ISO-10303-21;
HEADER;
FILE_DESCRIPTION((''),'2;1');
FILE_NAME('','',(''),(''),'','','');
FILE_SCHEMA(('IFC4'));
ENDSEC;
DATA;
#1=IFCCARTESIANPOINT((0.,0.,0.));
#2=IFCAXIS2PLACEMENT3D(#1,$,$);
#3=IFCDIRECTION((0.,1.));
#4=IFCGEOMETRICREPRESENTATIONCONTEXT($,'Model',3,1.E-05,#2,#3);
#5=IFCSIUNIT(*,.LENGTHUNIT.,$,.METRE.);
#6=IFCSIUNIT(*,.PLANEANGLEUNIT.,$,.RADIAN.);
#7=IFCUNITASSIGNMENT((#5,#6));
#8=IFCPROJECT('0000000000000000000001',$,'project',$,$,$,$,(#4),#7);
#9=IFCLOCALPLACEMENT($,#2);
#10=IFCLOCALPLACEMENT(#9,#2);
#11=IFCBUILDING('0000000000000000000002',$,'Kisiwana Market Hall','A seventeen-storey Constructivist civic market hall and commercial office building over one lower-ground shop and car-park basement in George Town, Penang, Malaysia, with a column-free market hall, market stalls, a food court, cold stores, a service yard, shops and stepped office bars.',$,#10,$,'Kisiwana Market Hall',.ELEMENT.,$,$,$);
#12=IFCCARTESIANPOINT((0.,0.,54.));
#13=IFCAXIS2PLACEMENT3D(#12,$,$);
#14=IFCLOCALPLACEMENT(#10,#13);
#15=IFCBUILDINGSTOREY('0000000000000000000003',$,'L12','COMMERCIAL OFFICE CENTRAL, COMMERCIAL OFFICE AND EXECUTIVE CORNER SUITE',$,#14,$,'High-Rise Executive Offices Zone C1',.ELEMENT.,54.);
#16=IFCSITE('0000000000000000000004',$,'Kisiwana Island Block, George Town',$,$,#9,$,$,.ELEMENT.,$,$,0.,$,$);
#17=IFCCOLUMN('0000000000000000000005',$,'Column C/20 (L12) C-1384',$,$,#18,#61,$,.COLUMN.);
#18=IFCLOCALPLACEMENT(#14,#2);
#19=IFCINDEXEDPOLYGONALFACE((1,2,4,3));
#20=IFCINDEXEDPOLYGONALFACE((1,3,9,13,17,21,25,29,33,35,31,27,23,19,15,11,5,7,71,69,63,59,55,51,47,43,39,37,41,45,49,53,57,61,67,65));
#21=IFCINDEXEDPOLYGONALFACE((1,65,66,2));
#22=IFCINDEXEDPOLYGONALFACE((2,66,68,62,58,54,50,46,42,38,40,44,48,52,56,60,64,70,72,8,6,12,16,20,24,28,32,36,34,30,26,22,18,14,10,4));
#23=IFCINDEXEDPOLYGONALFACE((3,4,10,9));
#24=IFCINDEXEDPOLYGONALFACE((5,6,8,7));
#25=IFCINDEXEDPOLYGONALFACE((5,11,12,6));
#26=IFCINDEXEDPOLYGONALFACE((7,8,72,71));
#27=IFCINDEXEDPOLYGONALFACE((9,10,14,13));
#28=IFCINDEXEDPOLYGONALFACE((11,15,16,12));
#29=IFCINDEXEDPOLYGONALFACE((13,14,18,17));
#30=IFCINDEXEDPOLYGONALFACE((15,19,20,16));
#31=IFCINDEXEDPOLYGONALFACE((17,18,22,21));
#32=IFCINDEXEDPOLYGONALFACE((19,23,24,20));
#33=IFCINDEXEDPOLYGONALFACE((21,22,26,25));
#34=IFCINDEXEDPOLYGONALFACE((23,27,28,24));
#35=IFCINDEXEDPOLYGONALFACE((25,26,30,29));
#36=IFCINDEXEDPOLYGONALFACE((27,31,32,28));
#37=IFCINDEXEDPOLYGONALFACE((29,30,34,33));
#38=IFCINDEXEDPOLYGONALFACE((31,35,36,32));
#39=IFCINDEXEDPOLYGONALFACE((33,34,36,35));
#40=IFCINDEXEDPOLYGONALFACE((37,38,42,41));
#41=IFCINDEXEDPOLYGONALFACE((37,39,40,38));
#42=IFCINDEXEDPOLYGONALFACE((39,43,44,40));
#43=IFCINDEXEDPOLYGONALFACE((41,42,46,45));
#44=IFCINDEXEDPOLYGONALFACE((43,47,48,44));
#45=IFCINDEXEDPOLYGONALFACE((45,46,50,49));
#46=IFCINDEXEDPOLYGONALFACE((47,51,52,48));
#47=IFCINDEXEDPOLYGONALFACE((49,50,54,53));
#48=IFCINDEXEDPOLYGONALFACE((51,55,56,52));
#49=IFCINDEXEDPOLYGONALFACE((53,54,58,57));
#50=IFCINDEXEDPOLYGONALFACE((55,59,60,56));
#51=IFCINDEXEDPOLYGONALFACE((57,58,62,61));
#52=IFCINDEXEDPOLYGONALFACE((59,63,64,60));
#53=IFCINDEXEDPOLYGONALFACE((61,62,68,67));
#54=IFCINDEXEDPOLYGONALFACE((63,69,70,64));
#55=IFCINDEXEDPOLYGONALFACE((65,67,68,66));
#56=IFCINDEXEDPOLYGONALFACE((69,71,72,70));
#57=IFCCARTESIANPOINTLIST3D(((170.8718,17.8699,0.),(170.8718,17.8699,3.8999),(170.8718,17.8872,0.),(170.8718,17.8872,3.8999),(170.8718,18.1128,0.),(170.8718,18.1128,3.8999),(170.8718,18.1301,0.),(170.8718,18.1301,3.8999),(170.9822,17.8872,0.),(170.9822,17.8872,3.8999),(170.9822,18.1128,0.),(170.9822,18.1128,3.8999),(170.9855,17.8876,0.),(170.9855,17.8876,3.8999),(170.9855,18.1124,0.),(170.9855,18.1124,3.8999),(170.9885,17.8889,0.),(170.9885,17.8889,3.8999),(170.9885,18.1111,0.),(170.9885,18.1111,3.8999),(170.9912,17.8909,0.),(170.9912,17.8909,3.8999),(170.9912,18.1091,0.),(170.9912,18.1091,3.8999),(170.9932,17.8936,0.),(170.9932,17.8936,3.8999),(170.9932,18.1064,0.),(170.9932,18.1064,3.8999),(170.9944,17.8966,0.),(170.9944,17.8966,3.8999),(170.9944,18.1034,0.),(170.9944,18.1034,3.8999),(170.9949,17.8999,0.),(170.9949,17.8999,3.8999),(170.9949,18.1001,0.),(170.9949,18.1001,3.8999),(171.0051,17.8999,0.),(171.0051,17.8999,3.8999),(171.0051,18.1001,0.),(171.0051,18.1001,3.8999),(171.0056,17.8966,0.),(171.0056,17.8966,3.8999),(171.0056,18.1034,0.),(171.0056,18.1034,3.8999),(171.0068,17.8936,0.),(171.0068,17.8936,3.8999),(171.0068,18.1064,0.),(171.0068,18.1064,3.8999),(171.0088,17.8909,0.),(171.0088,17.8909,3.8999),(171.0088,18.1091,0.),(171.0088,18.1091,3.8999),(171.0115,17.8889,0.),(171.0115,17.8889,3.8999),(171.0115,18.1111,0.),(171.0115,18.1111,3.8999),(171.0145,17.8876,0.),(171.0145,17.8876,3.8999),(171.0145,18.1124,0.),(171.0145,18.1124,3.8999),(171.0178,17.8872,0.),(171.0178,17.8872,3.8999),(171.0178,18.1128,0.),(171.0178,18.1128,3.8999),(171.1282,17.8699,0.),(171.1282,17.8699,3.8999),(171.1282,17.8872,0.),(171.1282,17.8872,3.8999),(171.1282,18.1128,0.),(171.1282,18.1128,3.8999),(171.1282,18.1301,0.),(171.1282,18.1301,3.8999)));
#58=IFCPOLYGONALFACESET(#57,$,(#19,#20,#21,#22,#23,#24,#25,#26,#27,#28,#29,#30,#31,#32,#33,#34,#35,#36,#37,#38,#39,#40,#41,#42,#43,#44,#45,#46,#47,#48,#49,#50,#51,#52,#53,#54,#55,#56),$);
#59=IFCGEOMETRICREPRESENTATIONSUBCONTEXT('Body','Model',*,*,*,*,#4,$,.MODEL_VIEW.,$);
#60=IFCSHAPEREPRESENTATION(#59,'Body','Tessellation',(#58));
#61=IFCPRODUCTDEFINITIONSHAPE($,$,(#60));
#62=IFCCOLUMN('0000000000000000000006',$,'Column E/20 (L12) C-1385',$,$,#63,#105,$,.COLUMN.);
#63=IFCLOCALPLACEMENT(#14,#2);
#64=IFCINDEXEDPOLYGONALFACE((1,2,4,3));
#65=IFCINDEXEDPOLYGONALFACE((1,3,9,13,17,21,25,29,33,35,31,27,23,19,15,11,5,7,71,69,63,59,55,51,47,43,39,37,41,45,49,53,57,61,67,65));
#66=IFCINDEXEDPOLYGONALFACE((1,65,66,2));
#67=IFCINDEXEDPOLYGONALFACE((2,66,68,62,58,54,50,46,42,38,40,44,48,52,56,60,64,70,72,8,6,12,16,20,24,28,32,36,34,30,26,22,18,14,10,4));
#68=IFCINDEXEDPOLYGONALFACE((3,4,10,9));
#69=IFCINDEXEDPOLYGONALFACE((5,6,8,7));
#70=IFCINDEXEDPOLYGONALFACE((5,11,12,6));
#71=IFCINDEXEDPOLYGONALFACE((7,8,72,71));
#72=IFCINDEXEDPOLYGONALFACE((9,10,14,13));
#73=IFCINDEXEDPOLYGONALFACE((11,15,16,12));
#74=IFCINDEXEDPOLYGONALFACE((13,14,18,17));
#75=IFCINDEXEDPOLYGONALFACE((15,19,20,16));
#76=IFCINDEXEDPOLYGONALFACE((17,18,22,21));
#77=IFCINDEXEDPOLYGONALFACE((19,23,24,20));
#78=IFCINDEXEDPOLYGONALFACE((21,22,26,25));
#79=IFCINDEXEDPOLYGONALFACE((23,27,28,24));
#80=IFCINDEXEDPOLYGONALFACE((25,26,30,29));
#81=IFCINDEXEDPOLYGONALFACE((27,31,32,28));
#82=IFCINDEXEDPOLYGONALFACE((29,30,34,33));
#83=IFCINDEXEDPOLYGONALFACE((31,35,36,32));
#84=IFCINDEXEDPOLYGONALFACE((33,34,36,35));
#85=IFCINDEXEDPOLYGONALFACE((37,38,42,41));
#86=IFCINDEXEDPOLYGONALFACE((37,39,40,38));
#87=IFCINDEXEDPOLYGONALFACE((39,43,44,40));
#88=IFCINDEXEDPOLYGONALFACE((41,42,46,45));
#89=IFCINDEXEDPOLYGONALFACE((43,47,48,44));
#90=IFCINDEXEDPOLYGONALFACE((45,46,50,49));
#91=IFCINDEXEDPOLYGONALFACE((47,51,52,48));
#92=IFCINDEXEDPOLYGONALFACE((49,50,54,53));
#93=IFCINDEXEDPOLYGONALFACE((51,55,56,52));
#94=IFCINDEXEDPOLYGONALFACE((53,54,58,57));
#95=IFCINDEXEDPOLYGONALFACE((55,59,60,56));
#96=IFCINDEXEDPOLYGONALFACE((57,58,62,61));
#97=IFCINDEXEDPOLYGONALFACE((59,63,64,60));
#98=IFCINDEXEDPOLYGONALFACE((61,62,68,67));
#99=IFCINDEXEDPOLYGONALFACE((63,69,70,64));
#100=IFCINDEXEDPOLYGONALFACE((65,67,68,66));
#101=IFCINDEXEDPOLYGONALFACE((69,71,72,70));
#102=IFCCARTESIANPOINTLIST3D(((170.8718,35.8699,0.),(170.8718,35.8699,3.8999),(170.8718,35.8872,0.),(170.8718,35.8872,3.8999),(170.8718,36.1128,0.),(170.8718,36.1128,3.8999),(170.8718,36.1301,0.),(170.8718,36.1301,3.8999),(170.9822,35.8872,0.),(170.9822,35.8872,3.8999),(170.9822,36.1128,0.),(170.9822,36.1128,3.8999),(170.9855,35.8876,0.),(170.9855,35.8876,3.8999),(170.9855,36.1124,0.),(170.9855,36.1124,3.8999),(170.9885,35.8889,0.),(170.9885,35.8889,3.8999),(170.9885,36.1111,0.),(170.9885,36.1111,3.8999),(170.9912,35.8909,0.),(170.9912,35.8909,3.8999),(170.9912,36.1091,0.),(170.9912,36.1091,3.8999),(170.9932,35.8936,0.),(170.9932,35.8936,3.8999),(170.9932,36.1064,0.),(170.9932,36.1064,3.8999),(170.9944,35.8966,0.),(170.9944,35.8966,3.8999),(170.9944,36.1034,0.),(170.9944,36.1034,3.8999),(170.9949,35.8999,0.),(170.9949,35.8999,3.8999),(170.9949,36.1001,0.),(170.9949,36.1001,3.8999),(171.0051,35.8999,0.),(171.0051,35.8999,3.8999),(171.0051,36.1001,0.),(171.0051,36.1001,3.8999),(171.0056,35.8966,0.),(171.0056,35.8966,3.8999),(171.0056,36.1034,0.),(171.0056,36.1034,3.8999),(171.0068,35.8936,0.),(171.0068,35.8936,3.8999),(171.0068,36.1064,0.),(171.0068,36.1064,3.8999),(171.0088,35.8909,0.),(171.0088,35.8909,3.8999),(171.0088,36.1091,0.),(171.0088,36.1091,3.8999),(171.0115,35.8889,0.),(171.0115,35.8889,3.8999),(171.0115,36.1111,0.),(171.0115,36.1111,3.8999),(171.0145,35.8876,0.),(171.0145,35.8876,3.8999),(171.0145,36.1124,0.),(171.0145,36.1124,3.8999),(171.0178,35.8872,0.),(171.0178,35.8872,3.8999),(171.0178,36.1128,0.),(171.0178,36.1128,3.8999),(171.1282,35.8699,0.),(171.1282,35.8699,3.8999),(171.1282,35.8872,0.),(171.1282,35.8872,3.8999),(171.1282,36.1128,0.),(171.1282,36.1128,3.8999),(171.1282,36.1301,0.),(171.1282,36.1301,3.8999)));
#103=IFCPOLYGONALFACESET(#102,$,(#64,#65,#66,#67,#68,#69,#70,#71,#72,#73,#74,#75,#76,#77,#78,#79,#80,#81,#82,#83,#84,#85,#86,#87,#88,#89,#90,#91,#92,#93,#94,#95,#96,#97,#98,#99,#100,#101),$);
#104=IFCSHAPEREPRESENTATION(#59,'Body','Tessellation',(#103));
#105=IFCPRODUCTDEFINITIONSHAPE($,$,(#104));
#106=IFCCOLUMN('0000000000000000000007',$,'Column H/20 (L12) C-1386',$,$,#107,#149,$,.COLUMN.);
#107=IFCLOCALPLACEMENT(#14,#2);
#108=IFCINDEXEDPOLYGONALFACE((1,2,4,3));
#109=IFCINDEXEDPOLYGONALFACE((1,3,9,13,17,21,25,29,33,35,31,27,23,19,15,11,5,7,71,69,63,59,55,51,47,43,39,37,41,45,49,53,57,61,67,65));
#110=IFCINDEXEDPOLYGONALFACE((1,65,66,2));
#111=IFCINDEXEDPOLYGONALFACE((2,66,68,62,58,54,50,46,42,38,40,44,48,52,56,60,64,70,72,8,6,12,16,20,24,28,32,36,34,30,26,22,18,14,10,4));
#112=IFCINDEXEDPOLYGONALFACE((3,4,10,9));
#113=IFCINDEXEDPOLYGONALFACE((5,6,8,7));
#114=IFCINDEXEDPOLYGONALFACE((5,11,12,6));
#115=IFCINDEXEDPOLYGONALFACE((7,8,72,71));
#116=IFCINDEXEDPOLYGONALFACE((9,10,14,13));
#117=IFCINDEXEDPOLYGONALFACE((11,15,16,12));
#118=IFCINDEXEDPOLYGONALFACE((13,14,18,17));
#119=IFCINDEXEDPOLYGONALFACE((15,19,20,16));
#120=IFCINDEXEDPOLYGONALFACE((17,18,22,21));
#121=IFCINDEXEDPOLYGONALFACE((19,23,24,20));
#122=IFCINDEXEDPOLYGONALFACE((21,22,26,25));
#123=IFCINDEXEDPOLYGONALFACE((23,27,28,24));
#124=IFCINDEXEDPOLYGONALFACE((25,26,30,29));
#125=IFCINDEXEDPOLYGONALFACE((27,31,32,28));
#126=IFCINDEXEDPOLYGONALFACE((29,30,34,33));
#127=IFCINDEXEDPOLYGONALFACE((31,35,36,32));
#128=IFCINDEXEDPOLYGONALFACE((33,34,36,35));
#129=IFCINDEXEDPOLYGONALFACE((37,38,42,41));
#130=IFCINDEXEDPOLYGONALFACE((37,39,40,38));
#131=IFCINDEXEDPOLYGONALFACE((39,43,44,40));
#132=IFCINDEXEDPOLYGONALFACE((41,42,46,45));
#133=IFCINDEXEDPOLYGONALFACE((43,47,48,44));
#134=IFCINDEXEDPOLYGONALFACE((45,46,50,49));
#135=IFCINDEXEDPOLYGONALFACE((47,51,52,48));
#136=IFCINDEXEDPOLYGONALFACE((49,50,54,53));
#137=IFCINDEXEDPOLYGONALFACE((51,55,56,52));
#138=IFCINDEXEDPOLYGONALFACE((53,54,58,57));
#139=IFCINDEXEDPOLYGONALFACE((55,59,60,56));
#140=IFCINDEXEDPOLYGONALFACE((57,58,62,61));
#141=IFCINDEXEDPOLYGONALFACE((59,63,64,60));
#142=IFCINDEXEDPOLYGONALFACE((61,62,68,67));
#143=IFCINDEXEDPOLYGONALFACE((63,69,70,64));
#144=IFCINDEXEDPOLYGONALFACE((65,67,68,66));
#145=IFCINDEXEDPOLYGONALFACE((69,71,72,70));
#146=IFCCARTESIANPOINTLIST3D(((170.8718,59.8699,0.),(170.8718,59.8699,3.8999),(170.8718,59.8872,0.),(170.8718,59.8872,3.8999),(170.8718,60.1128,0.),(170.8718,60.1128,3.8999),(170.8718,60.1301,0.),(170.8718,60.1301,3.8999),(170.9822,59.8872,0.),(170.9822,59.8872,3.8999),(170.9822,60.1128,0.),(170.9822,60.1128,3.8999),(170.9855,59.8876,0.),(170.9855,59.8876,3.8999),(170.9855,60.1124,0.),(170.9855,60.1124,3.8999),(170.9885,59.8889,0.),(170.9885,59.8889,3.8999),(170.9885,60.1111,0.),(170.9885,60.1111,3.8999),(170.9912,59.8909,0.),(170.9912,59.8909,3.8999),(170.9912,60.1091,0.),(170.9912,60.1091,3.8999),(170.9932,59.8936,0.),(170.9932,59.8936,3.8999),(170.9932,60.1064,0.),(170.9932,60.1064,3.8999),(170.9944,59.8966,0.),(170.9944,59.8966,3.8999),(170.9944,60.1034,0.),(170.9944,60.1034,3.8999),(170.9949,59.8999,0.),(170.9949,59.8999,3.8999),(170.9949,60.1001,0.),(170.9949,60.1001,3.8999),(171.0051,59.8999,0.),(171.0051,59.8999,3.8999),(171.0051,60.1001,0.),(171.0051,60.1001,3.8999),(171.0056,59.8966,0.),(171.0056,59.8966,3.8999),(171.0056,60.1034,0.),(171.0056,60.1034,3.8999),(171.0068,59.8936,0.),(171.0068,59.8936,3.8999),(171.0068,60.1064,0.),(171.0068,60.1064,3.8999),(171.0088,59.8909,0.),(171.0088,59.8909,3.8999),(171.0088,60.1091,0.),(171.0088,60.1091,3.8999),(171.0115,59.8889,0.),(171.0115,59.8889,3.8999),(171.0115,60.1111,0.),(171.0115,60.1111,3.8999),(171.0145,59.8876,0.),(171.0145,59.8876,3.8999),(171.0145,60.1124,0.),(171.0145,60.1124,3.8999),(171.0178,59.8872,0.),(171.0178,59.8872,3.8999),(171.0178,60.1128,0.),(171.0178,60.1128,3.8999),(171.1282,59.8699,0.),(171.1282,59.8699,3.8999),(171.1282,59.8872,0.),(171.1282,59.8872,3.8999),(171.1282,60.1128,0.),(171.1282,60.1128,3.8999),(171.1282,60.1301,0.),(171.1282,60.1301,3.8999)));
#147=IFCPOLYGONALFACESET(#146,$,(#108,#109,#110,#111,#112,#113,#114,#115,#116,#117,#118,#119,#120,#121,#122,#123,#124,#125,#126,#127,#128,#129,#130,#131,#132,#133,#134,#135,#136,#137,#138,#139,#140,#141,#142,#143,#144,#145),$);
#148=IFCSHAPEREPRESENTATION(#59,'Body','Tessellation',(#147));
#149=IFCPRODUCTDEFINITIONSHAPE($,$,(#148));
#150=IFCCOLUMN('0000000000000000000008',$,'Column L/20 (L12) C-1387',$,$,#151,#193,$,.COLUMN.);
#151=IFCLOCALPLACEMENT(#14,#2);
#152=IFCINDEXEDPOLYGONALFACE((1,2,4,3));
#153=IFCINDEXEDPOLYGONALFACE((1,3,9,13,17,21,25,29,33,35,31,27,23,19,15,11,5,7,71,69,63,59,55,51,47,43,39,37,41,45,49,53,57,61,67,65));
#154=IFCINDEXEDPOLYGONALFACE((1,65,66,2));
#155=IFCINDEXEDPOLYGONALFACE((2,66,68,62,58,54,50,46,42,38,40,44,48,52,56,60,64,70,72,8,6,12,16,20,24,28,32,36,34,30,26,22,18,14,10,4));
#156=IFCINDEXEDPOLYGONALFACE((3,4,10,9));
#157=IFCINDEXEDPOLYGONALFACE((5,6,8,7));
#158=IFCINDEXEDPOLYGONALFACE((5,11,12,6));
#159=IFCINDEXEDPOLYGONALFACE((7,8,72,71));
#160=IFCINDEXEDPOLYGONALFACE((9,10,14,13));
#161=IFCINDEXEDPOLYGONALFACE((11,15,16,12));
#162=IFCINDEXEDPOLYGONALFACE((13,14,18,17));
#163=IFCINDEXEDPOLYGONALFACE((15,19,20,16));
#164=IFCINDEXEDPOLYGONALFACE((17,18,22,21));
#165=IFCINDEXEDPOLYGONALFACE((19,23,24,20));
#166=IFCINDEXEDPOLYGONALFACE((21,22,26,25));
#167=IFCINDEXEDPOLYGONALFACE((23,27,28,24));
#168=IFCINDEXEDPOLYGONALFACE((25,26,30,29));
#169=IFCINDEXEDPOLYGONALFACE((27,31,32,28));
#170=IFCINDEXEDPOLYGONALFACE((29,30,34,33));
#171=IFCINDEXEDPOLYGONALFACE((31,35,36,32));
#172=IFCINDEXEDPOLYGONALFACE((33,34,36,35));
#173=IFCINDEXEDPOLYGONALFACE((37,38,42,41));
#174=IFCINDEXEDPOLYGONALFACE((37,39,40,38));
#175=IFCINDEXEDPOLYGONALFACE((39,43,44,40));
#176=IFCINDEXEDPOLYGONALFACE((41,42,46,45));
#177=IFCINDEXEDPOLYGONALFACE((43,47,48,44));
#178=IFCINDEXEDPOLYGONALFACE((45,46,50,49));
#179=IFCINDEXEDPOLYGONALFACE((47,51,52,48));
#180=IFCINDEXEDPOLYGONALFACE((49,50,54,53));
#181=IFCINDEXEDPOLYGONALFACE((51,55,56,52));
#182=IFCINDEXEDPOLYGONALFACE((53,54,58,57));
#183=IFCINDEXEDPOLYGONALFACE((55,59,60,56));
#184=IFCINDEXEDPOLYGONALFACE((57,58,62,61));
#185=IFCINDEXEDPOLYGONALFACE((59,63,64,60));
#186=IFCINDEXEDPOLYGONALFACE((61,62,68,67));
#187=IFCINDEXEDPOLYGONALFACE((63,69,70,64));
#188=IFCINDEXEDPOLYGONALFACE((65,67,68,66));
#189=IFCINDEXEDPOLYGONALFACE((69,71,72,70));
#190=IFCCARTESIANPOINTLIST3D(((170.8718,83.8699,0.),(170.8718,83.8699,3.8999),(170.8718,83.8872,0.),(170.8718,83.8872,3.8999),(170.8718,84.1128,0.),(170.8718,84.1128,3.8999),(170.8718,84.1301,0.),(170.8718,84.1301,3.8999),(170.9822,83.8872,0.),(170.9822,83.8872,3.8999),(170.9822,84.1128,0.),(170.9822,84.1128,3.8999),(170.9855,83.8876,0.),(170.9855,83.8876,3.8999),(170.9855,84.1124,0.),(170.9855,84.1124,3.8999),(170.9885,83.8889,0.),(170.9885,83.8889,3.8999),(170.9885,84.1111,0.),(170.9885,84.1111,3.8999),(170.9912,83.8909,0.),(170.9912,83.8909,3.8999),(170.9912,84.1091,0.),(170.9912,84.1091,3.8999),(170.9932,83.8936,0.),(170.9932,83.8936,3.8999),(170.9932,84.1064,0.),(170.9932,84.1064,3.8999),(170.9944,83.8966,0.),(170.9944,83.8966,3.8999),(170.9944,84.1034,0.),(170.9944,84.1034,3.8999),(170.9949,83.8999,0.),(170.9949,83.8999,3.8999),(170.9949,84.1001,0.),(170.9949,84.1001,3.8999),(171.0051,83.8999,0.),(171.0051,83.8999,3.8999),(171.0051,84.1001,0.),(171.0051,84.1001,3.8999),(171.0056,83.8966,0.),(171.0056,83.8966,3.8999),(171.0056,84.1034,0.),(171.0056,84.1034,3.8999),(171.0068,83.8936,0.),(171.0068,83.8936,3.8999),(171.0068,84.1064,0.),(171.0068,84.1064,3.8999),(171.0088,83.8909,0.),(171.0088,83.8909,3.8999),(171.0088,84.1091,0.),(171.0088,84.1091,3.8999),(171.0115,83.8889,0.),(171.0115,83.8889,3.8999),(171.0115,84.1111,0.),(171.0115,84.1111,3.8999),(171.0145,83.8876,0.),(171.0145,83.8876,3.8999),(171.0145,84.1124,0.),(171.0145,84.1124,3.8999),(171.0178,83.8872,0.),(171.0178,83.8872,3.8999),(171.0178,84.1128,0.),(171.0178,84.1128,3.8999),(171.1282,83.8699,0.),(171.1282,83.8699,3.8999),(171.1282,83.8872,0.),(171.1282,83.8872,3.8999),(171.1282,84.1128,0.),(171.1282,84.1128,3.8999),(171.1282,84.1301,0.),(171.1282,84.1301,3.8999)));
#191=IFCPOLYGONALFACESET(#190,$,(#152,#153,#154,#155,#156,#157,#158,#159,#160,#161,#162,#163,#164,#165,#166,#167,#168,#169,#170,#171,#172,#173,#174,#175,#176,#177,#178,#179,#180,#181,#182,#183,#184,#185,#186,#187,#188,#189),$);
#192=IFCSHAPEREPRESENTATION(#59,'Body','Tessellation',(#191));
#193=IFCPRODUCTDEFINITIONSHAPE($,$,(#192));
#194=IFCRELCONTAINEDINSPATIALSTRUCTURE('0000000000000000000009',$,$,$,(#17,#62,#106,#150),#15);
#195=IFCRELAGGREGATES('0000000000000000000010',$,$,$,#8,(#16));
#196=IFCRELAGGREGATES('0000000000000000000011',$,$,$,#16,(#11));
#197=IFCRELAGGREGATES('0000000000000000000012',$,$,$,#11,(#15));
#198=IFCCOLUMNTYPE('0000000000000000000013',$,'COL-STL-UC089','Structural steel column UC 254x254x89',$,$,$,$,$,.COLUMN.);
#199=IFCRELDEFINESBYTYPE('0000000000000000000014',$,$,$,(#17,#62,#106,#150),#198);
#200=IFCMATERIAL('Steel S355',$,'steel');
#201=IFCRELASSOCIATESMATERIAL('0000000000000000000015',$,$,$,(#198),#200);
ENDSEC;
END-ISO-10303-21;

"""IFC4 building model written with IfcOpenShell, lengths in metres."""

from ifc_helpers import new_model, si_unit, direction, frame, origin, origin_2d, place, context, subcontext, project, spatial, i_section, extrude, material, material_profile, profile_set, type_object, element, save


model = new_model("IFC4")

# Units and contexts
model_context = context("Model", 3, precision=1e-05, world=origin(), true_north=direction((0.0, 1.0)))
body_context = subcontext(model_context, "Body", "Model", "MODEL_VIEW")
ifc_project = project(units=[si_unit("LENGTHUNIT", "METRE"), si_unit("PLANEANGLEUNIT", "RADIAN")], contexts=[model_context])

# Site, building, storey
site_placement = place(None, origin())
site = spatial("IfcSite", under=ifc_project, at=site_placement, Name="Kisiwana Island Block, George Town", CompositionType="ELEMENT", RefElevation=0.0)
building_placement = place(site_placement, origin())
building = spatial("IfcBuilding", under=site, at=building_placement, Name="Kisiwana Market Hall", Description="A seventeen-storey Constructivist civic market hall and commercial office building over one lower-ground shop and car-park basement in George Town, Penang, Malaysia, with a column-free market hall, market stalls, a food court, cold stores, a service yard, shops and stepped office bars.", LongName="Kisiwana Market Hall", CompositionType="ELEMENT")
storey_placement = place(building_placement, frame((0.0, 0.0, 54.0)))
storey = spatial("IfcBuildingStorey", under=building, at=storey_placement, Name="L12", Description="COMMERCIAL OFFICE CENTRAL, COMMERCIAL OFFICE AND EXECUTIVE CORNER SUITE", LongName="High-Rise Executive Offices Zone C1", CompositionType="ELEMENT", Elevation=54.0)

# Columns
ifc_material_1 = material(Name="Steel S355", Category="steel")
ifc_material_profile_1 = material_profile(ifc_material_1, i_section(OverallWidth=0.2563, OverallDepth=0.2603, WebThickness=0.0103, FlangeThickness=0.0173, FilletRadius=0.0127, at=origin_2d()), Name="UC 254x254x89")
ifc_profile_set_1 = profile_set([ifc_material_profile_1], Name="Steel S355")
column_type = type_object("IfcColumnType", Name="COL-STL-UC089", Description="Structural steel column UC 254x254x89", PredefinedType="COLUMN", material=ifc_profile_set_1)
for number, where, z_axis, x_axis, name in (
    (1, (171.0, 18.0, 0.0), (0.0, 0.0, 1.0), (1.0, 0.0, 0.0), "Column C/20 (L12) C-1384"),
    (2, (171.0, 36.0, 0.0), (0.0, 0.0, 1.0), (1.0, 0.0, 0.0), "Column E/20 (L12) C-1385"),
    (3, (171.0, 60.0, 0.0), (0.0, 0.0, 1.0), (1.0, 0.0, 0.0), "Column H/20 (L12) C-1386"),
    (4, (171.0, 84.0, 0.0), (0.0, 0.0, 1.0), (1.0, 0.0, 0.0), "Column L/20 (L12) C-1387"),
):
    element("IfcColumn", number, at=place(storey_placement, frame(where, z_axis=z_axis, x_axis=x_axis)), inside=storey, type_object=column_type, Name=name, PredefinedType="COLUMN", context=body_context, shape_type="SweptSolid", body=[
        extrude(i_section(OverallWidth=0.2563, OverallDepth=0.2603, WebThickness=0.0103, FlangeThickness=0.0173, FilletRadius=0.0127, at=origin_2d()), origin(), (0.0, 0.0, 1.0), 3.8999),
    ])

save(model, "model.ifc")
